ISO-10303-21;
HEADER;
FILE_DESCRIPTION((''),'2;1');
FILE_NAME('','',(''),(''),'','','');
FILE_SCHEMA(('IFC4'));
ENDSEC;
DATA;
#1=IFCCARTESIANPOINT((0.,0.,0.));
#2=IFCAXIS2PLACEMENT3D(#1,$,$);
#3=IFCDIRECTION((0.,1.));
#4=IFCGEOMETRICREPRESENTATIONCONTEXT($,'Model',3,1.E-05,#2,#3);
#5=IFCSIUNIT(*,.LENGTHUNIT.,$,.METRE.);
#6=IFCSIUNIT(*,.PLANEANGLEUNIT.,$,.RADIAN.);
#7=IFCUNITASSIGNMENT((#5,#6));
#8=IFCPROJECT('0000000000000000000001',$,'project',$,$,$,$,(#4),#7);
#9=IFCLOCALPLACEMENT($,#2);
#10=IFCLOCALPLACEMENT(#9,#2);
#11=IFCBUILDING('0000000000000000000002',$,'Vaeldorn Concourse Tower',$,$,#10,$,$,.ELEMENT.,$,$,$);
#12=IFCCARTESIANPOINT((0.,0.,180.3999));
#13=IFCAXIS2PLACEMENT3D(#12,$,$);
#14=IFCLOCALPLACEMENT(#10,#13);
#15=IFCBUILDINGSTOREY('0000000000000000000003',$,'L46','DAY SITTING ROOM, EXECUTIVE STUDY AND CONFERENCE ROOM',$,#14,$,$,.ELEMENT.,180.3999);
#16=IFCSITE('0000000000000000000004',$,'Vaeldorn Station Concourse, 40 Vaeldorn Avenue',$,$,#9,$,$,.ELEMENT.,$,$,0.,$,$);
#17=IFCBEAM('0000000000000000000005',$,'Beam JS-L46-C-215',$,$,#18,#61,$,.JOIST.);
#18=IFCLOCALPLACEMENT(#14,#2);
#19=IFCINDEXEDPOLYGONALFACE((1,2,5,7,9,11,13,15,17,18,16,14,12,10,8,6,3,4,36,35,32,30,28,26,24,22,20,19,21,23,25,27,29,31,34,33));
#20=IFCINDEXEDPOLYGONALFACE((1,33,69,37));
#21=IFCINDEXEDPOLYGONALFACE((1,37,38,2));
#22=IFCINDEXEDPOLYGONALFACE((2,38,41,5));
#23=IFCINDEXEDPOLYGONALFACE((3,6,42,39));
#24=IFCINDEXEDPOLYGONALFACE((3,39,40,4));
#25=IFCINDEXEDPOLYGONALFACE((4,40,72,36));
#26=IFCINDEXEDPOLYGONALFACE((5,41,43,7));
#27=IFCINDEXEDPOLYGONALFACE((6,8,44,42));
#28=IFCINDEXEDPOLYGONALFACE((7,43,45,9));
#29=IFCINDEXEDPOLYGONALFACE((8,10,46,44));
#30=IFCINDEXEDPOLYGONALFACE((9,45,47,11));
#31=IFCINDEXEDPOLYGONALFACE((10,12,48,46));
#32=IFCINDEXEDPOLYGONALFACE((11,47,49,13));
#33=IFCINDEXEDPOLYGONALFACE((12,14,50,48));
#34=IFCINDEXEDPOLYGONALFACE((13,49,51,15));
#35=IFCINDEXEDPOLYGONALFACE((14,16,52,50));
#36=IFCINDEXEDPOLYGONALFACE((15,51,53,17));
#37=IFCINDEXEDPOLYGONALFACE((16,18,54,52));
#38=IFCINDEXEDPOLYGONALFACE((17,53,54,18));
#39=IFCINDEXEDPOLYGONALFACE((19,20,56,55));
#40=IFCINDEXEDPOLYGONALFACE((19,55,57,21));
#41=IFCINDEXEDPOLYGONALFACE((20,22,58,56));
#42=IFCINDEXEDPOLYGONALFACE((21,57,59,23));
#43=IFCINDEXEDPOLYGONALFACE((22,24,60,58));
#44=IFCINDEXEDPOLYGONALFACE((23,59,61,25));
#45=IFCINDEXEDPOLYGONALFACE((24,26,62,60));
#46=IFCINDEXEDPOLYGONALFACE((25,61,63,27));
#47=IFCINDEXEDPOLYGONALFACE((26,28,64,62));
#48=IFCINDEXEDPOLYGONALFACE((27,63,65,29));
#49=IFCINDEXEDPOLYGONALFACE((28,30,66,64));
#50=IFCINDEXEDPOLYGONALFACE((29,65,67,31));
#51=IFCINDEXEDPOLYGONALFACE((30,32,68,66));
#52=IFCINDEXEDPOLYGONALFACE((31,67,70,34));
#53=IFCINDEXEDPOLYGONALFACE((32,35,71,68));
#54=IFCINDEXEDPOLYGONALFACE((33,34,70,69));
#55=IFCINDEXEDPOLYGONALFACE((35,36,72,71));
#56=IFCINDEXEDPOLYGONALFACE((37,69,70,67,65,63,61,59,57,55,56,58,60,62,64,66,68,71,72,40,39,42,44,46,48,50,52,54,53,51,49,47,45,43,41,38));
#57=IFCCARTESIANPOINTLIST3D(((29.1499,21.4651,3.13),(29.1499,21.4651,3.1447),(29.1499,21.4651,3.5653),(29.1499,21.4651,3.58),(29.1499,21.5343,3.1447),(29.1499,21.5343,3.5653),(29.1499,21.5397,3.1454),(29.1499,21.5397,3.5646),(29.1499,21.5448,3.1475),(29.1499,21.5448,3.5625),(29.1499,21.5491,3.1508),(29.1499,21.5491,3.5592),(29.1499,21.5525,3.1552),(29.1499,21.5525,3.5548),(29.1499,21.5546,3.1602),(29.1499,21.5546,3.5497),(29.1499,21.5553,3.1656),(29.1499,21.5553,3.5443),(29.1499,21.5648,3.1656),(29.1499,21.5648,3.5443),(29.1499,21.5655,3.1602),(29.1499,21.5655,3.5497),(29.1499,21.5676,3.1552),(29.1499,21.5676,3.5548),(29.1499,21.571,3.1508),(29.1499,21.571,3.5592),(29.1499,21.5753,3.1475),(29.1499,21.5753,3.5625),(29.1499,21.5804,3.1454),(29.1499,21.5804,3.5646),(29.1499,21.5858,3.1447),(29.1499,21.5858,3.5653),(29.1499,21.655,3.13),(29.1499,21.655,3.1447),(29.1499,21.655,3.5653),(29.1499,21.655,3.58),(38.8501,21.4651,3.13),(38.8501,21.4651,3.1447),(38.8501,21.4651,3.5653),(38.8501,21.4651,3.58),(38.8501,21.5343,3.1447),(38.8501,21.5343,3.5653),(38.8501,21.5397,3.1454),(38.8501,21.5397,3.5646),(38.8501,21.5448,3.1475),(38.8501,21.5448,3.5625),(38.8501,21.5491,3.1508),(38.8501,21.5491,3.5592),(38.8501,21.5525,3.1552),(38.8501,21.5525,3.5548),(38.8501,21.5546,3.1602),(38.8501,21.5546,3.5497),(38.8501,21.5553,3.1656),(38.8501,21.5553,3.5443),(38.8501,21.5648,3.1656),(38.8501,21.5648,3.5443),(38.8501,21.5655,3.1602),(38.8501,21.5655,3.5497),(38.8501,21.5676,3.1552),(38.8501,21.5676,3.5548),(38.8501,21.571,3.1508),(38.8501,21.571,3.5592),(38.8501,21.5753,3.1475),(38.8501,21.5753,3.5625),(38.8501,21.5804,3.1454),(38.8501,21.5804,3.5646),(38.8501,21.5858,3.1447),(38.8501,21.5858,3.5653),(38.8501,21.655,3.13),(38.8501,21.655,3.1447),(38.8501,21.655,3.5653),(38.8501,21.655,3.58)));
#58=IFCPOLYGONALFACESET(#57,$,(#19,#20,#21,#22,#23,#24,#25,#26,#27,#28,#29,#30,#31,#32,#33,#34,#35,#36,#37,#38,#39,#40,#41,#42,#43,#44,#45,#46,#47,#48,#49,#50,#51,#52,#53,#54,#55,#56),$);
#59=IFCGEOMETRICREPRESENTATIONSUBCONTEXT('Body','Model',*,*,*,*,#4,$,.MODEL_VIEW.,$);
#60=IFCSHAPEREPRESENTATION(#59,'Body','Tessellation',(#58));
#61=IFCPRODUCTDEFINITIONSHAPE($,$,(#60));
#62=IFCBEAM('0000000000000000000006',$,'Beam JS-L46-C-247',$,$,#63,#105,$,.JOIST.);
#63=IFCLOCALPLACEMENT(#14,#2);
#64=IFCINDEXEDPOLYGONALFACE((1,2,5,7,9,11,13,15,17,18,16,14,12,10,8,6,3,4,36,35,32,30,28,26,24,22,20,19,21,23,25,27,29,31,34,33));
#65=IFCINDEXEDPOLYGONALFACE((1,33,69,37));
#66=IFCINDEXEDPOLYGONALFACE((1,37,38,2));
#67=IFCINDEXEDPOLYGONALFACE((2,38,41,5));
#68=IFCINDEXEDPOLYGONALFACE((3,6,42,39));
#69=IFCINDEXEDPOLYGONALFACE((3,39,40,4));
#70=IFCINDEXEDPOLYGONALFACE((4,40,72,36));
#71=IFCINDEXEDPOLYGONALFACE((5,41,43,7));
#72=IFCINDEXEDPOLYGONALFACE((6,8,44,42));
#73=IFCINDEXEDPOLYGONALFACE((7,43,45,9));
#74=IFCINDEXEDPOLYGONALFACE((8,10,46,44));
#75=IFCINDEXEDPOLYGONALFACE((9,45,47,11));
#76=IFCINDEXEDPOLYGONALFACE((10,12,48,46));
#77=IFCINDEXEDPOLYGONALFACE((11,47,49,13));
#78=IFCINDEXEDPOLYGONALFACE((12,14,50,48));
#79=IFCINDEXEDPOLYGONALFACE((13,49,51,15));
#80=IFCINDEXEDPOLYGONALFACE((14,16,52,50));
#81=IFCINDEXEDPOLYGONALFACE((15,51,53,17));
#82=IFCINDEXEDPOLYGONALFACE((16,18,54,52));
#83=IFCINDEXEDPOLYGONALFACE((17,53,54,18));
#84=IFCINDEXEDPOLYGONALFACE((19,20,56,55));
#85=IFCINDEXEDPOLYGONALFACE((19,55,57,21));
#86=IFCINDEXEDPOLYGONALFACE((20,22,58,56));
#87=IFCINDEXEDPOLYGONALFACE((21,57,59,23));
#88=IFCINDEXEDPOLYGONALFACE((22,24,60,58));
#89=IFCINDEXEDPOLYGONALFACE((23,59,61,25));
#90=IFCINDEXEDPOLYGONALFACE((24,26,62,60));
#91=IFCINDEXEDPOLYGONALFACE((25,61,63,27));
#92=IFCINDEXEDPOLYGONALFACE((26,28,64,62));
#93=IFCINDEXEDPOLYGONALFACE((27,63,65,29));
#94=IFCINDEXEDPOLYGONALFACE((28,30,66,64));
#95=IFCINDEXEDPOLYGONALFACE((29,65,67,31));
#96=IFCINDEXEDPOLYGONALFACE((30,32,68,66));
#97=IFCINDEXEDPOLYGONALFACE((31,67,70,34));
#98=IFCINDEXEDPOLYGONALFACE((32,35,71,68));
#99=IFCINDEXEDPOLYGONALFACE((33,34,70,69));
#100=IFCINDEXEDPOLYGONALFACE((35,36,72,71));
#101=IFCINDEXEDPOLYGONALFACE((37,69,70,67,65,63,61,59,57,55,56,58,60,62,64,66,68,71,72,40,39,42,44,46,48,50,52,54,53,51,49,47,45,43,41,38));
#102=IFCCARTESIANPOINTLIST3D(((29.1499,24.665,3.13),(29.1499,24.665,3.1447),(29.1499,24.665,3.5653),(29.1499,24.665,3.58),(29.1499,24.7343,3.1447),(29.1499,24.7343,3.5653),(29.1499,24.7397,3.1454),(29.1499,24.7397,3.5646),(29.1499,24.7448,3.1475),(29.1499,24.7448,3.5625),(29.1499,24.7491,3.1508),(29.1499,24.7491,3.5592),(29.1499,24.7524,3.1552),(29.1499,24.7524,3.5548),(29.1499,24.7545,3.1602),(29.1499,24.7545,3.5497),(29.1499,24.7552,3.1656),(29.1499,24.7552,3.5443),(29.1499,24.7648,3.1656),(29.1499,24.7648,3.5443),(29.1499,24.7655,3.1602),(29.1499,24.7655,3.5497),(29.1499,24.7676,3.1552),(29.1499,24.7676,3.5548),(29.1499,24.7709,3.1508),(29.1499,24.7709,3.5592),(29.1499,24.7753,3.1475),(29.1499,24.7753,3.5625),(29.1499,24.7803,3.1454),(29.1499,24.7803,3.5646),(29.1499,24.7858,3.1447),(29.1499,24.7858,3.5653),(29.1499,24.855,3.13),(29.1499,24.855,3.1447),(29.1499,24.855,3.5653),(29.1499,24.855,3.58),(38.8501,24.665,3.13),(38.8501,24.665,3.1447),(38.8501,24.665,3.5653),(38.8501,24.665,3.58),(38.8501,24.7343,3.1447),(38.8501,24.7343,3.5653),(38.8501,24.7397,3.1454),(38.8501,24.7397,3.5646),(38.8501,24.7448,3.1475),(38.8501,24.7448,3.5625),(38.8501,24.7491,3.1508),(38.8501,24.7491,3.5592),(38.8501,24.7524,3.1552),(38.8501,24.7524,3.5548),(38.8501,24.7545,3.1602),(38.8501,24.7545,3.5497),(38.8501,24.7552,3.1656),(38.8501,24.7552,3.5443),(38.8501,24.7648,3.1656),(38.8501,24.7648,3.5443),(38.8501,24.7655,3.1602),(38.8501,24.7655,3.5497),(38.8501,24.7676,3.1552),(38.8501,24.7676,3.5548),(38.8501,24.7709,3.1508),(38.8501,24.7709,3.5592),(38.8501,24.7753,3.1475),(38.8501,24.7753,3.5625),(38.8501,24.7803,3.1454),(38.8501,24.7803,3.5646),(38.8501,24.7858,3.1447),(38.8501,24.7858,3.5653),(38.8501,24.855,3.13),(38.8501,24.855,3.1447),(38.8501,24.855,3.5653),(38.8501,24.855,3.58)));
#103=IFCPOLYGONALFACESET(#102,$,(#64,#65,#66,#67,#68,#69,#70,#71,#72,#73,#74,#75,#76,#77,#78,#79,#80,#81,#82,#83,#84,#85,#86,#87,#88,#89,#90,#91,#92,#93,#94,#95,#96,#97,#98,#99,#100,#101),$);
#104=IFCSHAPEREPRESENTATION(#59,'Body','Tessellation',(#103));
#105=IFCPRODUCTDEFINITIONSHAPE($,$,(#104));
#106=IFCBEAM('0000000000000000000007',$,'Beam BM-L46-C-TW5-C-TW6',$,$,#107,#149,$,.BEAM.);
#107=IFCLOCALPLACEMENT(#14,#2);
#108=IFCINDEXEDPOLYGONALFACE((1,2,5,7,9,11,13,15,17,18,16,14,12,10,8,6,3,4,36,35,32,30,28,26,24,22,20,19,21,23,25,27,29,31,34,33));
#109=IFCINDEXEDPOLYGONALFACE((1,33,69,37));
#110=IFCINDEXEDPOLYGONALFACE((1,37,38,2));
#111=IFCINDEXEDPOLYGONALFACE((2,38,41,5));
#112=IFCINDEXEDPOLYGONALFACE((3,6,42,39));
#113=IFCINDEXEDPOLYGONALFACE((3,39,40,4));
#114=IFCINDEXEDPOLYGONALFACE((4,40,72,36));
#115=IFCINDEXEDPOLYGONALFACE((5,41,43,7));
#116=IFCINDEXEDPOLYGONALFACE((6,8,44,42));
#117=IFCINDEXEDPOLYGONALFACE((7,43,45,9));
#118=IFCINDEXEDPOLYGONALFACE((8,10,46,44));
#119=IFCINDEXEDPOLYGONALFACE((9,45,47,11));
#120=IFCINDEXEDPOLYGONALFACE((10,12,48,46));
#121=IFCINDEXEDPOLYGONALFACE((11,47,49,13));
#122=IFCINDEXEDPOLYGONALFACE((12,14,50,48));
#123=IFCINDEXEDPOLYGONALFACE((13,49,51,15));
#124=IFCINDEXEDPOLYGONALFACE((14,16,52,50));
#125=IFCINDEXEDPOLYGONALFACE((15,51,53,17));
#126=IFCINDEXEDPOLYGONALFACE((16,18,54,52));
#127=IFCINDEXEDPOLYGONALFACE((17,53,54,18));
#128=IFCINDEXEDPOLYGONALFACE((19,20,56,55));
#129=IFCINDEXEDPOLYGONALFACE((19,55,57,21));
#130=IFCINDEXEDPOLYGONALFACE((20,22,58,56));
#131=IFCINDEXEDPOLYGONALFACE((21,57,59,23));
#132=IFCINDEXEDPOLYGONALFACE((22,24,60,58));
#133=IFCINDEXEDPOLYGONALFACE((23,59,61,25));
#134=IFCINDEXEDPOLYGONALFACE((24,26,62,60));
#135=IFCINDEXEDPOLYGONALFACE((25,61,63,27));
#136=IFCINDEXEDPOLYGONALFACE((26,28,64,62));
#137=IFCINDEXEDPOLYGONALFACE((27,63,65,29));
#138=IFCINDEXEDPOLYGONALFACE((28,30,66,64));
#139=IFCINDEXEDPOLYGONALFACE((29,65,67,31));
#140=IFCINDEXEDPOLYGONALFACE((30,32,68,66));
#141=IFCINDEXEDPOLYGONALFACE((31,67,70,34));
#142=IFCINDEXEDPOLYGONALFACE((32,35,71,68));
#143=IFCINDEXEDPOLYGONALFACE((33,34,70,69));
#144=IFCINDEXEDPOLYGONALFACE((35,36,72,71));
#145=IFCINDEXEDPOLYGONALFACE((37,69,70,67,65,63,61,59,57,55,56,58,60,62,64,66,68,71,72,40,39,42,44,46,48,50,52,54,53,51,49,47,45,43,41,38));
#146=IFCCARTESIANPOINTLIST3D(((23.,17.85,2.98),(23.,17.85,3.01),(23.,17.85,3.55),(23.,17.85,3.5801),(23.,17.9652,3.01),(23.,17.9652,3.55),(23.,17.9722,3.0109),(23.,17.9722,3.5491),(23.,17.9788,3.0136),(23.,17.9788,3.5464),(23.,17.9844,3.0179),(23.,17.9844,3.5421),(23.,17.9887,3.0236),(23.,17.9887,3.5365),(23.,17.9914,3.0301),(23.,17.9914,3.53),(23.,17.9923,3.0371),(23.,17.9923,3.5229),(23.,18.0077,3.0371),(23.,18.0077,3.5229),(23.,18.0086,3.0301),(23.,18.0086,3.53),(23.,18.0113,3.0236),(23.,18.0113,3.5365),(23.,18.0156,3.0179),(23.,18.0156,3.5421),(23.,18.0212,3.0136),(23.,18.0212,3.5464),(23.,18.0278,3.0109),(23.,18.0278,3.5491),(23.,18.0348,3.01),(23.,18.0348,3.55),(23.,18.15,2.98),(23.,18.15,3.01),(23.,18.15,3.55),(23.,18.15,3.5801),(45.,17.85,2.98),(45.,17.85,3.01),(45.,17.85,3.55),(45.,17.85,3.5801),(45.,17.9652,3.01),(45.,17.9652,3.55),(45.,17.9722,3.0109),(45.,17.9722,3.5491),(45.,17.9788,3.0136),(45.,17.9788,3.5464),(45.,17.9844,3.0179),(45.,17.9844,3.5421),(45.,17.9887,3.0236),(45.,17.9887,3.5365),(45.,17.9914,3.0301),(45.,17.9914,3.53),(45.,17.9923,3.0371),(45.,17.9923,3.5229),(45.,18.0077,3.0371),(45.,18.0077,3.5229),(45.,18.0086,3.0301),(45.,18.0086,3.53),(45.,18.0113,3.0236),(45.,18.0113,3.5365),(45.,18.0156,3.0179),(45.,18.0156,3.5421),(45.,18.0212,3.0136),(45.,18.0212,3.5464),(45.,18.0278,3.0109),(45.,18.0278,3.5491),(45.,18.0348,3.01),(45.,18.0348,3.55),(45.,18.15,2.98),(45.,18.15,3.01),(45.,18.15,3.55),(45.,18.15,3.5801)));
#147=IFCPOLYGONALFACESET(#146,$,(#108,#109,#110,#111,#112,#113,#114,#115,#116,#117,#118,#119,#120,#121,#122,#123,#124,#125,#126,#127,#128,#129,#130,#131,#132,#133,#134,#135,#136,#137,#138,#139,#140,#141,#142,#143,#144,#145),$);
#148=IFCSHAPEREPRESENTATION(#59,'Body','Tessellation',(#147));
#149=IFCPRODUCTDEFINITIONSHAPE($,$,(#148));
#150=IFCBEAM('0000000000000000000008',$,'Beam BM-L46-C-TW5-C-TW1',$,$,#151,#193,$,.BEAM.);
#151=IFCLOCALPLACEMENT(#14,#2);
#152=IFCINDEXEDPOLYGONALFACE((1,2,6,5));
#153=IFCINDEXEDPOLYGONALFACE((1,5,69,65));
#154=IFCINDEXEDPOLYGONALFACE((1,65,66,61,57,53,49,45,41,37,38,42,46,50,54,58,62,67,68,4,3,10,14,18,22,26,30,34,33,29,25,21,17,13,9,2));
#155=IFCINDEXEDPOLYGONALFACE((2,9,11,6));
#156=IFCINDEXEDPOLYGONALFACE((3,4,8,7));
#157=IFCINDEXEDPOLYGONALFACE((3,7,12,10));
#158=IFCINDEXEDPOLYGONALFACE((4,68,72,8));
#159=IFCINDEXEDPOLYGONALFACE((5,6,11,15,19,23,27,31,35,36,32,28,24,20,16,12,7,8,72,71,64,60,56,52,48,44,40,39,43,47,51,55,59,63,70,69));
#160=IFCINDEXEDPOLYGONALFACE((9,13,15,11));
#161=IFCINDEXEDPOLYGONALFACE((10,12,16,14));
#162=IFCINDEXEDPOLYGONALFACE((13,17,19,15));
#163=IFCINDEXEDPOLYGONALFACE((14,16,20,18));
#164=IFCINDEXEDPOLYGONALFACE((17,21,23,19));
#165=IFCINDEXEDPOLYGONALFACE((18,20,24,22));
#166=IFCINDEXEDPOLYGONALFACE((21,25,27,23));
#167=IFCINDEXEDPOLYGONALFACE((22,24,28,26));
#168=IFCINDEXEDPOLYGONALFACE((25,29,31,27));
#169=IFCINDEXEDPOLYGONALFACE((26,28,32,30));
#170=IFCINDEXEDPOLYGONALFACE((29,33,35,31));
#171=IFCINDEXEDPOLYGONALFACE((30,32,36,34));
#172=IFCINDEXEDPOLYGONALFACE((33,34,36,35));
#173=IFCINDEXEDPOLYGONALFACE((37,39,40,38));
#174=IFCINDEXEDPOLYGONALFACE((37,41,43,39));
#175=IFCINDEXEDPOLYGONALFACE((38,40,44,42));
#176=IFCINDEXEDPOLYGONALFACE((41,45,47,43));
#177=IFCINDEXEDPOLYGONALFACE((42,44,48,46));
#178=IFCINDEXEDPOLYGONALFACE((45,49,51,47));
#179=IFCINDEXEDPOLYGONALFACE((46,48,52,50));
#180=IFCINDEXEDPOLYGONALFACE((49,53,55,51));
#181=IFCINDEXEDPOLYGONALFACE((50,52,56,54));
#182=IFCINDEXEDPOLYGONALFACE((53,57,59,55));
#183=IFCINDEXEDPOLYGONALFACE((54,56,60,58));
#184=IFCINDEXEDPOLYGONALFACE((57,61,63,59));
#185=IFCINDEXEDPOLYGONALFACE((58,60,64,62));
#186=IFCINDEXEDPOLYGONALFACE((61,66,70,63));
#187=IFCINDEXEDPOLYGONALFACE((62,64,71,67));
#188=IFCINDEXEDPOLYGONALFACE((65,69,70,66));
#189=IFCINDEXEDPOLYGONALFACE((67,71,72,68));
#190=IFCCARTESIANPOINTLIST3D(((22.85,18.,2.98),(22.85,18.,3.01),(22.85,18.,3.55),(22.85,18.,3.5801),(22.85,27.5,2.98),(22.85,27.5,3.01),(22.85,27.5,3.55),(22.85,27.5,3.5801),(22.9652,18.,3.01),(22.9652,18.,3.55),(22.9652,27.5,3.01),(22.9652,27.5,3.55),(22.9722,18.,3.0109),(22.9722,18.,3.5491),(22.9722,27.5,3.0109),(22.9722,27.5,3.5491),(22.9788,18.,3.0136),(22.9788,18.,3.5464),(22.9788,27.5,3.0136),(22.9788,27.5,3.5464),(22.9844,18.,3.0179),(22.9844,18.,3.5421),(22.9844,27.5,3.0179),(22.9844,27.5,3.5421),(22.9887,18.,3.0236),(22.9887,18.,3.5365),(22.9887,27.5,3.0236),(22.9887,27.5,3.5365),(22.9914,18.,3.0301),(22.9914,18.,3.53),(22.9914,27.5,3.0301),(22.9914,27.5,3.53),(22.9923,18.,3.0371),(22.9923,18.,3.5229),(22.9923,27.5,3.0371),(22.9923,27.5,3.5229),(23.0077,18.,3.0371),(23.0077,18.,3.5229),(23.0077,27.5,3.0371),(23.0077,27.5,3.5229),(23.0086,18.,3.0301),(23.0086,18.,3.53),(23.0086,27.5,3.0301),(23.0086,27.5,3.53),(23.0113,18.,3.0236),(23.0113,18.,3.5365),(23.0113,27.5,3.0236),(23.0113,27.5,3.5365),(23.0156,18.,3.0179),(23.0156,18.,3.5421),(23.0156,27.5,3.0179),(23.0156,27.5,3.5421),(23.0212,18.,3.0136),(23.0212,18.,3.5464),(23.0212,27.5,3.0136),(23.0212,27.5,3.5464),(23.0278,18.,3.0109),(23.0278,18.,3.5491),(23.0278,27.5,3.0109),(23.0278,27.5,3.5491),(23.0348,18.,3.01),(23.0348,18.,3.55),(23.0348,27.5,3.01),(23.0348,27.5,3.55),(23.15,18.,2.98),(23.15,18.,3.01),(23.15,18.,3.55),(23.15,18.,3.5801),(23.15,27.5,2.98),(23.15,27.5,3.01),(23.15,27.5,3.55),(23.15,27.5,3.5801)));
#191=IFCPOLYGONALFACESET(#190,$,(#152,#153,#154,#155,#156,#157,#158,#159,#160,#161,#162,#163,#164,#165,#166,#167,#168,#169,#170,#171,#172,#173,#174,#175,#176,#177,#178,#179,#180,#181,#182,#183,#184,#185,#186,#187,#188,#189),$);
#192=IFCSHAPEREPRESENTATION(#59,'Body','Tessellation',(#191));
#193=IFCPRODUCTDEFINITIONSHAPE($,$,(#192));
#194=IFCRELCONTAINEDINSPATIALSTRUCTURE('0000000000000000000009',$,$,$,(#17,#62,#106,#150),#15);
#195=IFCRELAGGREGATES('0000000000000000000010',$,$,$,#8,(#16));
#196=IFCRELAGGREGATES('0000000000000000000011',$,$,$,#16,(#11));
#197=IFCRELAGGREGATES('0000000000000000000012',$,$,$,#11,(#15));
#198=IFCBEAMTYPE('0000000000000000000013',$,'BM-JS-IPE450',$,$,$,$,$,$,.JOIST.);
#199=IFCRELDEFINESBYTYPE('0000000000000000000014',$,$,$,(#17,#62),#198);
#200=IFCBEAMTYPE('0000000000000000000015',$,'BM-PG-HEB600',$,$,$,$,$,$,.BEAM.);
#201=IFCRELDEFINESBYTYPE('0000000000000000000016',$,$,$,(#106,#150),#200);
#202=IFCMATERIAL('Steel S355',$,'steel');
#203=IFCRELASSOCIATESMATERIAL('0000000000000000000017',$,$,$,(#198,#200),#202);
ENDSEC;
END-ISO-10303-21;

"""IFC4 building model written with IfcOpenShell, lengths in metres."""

from ifc_helpers import new_model, si_unit, direction, frame, origin, origin_2d, place, context, subcontext, project, spatial, i_section, extrude, source, transform, mapped, material, material_profile, profile_set, type_object, element, save


model = new_model("IFC4")

# Units and contexts
model_context = context("Model", 3, precision=1e-05, world=origin(), true_north=direction((0.0, 1.0)))
body_context = subcontext(model_context, "Body", "Model", "MODEL_VIEW")
ifc_project = project(units=[si_unit("LENGTHUNIT", "METRE"), si_unit("PLANEANGLEUNIT", "RADIAN")], contexts=[model_context])

# Site, building, storey
site_placement = place(None, origin())
site = spatial("IfcSite", under=ifc_project, at=site_placement, Name="Vaeldorn Station Concourse, 40 Vaeldorn Avenue", CompositionType="ELEMENT", RefElevation=0.0)
building_placement = place(site_placement, origin())
building = spatial("IfcBuilding", under=site, at=building_placement, Name="Vaeldorn Concourse Tower", CompositionType="ELEMENT")
storey_placement = place(building_placement, frame((0.0, 0.0, 180.3999)))
storey = spatial("IfcBuildingStorey", under=building, at=storey_placement, Name="L46", Description="DAY SITTING ROOM, EXECUTIVE STUDY AND CONFERENCE ROOM", CompositionType="ELEMENT", Elevation=180.3999)

# Shared definitions
ifc_material_1 = material(Name="Steel S355", Category="steel")

# Beams
ifc_material_profile_1 = material_profile(ifc_material_1, i_section(OverallWidth=0.1899, OverallDepth=0.45, WebThickness=0.0095, FlangeThickness=0.0146, FilletRadius=0.021, at=origin_2d()), Name="IPE 450")
ifc_profile_set_1 = profile_set([ifc_material_profile_1], Name="Steel S355")
beam_type_1 = type_object("IfcBeamType", Name="BM-JS-IPE450", PredefinedType="JOIST", material=ifc_profile_set_1)
shared_shape_1 = source(origin(), body_context, "Body", "SweptSolid", [
    extrude(i_section(OverallWidth=0.1899, OverallDepth=0.45, WebThickness=0.0095, FlangeThickness=0.0146, FilletRadius=0.021, at=origin_2d()), origin(), (0.0, 0.0, 1.0), 9.7002),
])
for number, where, z_axis, x_axis, name in (
    (1, (29.1499, 21.5601, 3.355), (1.0, 0.0, 0.0), (0.0, 1.0, 0.0), "Beam JS-L46-C-215"),
    (2, (29.1499, 24.76, 3.355), (1.0, 0.0, 0.0), (0.0, 1.0, 0.0), "Beam JS-L46-C-247"),
):
    element("IfcBeam", number, at=place(storey_placement, frame(where, z_axis=z_axis, x_axis=x_axis)), inside=storey, type_object=beam_type_1, Name=name, PredefinedType="JOIST", context=body_context, shape_type="MappedRepresentation", body=[
        mapped(shared_shape_1, transform((0.0, 0.0, 0.0), scale=1.0)),
    ])
ifc_material_profile_2 = material_profile(ifc_material_1, i_section(OverallWidth=0.3, OverallDepth=0.6001, WebThickness=0.0154, FlangeThickness=0.03, FilletRadius=0.0271, at=origin_2d()), Name="HEB 600")
ifc_profile_set_2 = profile_set([ifc_material_profile_2], Name="Steel S355")
beam_type_2 = type_object("IfcBeamType", Name="BM-PG-HEB600", PredefinedType="BEAM", material=ifc_profile_set_2)
shared_shape_2 = source(origin(), body_context, "Body", "SweptSolid", [
    extrude(i_section(OverallWidth=0.3, OverallDepth=0.6001, WebThickness=0.0154, FlangeThickness=0.03, FilletRadius=0.0271, at=origin_2d()), origin(), (0.0, 0.0, 1.0), 22.0),
])
beam_1_placement = place(storey_placement, frame((23.0, 18.0, 3.28), z_axis=(1.0, 0.0, 0.0), x_axis=(0.0, 1.0, 0.0)))
element("IfcBeam", 3, at=beam_1_placement, inside=storey, type_object=beam_type_2, Name="Beam BM-L46-C-TW5-C-TW6", PredefinedType="BEAM", context=body_context, shape_type="MappedRepresentation", body=[
    mapped(shared_shape_2, transform((0.0, 0.0, 0.0), scale=1.0)),
])
shared_shape_3 = source(origin(), body_context, "Body", "SweptSolid", [
    extrude(i_section(OverallWidth=0.3, OverallDepth=0.6001, WebThickness=0.0154, FlangeThickness=0.03, FilletRadius=0.0271, at=origin_2d()), origin(), (0.0, 0.0, 1.0), 9.5),
])
beam_2_placement = place(storey_placement, frame((23.0, 18.0, 3.28), z_axis=(0.0, 1.0, 0.0), x_axis=(-1.0, 0.0, 0.0)))
element("IfcBeam", 4, at=beam_2_placement, inside=storey, type_object=beam_type_2, Name="Beam BM-L46-C-TW5-C-TW1", PredefinedType="BEAM", context=body_context, shape_type="MappedRepresentation", body=[
    mapped(shared_shape_3, transform((0.0, 0.0, 0.0), scale=1.0)),
])

save(model, "model.ifc")
